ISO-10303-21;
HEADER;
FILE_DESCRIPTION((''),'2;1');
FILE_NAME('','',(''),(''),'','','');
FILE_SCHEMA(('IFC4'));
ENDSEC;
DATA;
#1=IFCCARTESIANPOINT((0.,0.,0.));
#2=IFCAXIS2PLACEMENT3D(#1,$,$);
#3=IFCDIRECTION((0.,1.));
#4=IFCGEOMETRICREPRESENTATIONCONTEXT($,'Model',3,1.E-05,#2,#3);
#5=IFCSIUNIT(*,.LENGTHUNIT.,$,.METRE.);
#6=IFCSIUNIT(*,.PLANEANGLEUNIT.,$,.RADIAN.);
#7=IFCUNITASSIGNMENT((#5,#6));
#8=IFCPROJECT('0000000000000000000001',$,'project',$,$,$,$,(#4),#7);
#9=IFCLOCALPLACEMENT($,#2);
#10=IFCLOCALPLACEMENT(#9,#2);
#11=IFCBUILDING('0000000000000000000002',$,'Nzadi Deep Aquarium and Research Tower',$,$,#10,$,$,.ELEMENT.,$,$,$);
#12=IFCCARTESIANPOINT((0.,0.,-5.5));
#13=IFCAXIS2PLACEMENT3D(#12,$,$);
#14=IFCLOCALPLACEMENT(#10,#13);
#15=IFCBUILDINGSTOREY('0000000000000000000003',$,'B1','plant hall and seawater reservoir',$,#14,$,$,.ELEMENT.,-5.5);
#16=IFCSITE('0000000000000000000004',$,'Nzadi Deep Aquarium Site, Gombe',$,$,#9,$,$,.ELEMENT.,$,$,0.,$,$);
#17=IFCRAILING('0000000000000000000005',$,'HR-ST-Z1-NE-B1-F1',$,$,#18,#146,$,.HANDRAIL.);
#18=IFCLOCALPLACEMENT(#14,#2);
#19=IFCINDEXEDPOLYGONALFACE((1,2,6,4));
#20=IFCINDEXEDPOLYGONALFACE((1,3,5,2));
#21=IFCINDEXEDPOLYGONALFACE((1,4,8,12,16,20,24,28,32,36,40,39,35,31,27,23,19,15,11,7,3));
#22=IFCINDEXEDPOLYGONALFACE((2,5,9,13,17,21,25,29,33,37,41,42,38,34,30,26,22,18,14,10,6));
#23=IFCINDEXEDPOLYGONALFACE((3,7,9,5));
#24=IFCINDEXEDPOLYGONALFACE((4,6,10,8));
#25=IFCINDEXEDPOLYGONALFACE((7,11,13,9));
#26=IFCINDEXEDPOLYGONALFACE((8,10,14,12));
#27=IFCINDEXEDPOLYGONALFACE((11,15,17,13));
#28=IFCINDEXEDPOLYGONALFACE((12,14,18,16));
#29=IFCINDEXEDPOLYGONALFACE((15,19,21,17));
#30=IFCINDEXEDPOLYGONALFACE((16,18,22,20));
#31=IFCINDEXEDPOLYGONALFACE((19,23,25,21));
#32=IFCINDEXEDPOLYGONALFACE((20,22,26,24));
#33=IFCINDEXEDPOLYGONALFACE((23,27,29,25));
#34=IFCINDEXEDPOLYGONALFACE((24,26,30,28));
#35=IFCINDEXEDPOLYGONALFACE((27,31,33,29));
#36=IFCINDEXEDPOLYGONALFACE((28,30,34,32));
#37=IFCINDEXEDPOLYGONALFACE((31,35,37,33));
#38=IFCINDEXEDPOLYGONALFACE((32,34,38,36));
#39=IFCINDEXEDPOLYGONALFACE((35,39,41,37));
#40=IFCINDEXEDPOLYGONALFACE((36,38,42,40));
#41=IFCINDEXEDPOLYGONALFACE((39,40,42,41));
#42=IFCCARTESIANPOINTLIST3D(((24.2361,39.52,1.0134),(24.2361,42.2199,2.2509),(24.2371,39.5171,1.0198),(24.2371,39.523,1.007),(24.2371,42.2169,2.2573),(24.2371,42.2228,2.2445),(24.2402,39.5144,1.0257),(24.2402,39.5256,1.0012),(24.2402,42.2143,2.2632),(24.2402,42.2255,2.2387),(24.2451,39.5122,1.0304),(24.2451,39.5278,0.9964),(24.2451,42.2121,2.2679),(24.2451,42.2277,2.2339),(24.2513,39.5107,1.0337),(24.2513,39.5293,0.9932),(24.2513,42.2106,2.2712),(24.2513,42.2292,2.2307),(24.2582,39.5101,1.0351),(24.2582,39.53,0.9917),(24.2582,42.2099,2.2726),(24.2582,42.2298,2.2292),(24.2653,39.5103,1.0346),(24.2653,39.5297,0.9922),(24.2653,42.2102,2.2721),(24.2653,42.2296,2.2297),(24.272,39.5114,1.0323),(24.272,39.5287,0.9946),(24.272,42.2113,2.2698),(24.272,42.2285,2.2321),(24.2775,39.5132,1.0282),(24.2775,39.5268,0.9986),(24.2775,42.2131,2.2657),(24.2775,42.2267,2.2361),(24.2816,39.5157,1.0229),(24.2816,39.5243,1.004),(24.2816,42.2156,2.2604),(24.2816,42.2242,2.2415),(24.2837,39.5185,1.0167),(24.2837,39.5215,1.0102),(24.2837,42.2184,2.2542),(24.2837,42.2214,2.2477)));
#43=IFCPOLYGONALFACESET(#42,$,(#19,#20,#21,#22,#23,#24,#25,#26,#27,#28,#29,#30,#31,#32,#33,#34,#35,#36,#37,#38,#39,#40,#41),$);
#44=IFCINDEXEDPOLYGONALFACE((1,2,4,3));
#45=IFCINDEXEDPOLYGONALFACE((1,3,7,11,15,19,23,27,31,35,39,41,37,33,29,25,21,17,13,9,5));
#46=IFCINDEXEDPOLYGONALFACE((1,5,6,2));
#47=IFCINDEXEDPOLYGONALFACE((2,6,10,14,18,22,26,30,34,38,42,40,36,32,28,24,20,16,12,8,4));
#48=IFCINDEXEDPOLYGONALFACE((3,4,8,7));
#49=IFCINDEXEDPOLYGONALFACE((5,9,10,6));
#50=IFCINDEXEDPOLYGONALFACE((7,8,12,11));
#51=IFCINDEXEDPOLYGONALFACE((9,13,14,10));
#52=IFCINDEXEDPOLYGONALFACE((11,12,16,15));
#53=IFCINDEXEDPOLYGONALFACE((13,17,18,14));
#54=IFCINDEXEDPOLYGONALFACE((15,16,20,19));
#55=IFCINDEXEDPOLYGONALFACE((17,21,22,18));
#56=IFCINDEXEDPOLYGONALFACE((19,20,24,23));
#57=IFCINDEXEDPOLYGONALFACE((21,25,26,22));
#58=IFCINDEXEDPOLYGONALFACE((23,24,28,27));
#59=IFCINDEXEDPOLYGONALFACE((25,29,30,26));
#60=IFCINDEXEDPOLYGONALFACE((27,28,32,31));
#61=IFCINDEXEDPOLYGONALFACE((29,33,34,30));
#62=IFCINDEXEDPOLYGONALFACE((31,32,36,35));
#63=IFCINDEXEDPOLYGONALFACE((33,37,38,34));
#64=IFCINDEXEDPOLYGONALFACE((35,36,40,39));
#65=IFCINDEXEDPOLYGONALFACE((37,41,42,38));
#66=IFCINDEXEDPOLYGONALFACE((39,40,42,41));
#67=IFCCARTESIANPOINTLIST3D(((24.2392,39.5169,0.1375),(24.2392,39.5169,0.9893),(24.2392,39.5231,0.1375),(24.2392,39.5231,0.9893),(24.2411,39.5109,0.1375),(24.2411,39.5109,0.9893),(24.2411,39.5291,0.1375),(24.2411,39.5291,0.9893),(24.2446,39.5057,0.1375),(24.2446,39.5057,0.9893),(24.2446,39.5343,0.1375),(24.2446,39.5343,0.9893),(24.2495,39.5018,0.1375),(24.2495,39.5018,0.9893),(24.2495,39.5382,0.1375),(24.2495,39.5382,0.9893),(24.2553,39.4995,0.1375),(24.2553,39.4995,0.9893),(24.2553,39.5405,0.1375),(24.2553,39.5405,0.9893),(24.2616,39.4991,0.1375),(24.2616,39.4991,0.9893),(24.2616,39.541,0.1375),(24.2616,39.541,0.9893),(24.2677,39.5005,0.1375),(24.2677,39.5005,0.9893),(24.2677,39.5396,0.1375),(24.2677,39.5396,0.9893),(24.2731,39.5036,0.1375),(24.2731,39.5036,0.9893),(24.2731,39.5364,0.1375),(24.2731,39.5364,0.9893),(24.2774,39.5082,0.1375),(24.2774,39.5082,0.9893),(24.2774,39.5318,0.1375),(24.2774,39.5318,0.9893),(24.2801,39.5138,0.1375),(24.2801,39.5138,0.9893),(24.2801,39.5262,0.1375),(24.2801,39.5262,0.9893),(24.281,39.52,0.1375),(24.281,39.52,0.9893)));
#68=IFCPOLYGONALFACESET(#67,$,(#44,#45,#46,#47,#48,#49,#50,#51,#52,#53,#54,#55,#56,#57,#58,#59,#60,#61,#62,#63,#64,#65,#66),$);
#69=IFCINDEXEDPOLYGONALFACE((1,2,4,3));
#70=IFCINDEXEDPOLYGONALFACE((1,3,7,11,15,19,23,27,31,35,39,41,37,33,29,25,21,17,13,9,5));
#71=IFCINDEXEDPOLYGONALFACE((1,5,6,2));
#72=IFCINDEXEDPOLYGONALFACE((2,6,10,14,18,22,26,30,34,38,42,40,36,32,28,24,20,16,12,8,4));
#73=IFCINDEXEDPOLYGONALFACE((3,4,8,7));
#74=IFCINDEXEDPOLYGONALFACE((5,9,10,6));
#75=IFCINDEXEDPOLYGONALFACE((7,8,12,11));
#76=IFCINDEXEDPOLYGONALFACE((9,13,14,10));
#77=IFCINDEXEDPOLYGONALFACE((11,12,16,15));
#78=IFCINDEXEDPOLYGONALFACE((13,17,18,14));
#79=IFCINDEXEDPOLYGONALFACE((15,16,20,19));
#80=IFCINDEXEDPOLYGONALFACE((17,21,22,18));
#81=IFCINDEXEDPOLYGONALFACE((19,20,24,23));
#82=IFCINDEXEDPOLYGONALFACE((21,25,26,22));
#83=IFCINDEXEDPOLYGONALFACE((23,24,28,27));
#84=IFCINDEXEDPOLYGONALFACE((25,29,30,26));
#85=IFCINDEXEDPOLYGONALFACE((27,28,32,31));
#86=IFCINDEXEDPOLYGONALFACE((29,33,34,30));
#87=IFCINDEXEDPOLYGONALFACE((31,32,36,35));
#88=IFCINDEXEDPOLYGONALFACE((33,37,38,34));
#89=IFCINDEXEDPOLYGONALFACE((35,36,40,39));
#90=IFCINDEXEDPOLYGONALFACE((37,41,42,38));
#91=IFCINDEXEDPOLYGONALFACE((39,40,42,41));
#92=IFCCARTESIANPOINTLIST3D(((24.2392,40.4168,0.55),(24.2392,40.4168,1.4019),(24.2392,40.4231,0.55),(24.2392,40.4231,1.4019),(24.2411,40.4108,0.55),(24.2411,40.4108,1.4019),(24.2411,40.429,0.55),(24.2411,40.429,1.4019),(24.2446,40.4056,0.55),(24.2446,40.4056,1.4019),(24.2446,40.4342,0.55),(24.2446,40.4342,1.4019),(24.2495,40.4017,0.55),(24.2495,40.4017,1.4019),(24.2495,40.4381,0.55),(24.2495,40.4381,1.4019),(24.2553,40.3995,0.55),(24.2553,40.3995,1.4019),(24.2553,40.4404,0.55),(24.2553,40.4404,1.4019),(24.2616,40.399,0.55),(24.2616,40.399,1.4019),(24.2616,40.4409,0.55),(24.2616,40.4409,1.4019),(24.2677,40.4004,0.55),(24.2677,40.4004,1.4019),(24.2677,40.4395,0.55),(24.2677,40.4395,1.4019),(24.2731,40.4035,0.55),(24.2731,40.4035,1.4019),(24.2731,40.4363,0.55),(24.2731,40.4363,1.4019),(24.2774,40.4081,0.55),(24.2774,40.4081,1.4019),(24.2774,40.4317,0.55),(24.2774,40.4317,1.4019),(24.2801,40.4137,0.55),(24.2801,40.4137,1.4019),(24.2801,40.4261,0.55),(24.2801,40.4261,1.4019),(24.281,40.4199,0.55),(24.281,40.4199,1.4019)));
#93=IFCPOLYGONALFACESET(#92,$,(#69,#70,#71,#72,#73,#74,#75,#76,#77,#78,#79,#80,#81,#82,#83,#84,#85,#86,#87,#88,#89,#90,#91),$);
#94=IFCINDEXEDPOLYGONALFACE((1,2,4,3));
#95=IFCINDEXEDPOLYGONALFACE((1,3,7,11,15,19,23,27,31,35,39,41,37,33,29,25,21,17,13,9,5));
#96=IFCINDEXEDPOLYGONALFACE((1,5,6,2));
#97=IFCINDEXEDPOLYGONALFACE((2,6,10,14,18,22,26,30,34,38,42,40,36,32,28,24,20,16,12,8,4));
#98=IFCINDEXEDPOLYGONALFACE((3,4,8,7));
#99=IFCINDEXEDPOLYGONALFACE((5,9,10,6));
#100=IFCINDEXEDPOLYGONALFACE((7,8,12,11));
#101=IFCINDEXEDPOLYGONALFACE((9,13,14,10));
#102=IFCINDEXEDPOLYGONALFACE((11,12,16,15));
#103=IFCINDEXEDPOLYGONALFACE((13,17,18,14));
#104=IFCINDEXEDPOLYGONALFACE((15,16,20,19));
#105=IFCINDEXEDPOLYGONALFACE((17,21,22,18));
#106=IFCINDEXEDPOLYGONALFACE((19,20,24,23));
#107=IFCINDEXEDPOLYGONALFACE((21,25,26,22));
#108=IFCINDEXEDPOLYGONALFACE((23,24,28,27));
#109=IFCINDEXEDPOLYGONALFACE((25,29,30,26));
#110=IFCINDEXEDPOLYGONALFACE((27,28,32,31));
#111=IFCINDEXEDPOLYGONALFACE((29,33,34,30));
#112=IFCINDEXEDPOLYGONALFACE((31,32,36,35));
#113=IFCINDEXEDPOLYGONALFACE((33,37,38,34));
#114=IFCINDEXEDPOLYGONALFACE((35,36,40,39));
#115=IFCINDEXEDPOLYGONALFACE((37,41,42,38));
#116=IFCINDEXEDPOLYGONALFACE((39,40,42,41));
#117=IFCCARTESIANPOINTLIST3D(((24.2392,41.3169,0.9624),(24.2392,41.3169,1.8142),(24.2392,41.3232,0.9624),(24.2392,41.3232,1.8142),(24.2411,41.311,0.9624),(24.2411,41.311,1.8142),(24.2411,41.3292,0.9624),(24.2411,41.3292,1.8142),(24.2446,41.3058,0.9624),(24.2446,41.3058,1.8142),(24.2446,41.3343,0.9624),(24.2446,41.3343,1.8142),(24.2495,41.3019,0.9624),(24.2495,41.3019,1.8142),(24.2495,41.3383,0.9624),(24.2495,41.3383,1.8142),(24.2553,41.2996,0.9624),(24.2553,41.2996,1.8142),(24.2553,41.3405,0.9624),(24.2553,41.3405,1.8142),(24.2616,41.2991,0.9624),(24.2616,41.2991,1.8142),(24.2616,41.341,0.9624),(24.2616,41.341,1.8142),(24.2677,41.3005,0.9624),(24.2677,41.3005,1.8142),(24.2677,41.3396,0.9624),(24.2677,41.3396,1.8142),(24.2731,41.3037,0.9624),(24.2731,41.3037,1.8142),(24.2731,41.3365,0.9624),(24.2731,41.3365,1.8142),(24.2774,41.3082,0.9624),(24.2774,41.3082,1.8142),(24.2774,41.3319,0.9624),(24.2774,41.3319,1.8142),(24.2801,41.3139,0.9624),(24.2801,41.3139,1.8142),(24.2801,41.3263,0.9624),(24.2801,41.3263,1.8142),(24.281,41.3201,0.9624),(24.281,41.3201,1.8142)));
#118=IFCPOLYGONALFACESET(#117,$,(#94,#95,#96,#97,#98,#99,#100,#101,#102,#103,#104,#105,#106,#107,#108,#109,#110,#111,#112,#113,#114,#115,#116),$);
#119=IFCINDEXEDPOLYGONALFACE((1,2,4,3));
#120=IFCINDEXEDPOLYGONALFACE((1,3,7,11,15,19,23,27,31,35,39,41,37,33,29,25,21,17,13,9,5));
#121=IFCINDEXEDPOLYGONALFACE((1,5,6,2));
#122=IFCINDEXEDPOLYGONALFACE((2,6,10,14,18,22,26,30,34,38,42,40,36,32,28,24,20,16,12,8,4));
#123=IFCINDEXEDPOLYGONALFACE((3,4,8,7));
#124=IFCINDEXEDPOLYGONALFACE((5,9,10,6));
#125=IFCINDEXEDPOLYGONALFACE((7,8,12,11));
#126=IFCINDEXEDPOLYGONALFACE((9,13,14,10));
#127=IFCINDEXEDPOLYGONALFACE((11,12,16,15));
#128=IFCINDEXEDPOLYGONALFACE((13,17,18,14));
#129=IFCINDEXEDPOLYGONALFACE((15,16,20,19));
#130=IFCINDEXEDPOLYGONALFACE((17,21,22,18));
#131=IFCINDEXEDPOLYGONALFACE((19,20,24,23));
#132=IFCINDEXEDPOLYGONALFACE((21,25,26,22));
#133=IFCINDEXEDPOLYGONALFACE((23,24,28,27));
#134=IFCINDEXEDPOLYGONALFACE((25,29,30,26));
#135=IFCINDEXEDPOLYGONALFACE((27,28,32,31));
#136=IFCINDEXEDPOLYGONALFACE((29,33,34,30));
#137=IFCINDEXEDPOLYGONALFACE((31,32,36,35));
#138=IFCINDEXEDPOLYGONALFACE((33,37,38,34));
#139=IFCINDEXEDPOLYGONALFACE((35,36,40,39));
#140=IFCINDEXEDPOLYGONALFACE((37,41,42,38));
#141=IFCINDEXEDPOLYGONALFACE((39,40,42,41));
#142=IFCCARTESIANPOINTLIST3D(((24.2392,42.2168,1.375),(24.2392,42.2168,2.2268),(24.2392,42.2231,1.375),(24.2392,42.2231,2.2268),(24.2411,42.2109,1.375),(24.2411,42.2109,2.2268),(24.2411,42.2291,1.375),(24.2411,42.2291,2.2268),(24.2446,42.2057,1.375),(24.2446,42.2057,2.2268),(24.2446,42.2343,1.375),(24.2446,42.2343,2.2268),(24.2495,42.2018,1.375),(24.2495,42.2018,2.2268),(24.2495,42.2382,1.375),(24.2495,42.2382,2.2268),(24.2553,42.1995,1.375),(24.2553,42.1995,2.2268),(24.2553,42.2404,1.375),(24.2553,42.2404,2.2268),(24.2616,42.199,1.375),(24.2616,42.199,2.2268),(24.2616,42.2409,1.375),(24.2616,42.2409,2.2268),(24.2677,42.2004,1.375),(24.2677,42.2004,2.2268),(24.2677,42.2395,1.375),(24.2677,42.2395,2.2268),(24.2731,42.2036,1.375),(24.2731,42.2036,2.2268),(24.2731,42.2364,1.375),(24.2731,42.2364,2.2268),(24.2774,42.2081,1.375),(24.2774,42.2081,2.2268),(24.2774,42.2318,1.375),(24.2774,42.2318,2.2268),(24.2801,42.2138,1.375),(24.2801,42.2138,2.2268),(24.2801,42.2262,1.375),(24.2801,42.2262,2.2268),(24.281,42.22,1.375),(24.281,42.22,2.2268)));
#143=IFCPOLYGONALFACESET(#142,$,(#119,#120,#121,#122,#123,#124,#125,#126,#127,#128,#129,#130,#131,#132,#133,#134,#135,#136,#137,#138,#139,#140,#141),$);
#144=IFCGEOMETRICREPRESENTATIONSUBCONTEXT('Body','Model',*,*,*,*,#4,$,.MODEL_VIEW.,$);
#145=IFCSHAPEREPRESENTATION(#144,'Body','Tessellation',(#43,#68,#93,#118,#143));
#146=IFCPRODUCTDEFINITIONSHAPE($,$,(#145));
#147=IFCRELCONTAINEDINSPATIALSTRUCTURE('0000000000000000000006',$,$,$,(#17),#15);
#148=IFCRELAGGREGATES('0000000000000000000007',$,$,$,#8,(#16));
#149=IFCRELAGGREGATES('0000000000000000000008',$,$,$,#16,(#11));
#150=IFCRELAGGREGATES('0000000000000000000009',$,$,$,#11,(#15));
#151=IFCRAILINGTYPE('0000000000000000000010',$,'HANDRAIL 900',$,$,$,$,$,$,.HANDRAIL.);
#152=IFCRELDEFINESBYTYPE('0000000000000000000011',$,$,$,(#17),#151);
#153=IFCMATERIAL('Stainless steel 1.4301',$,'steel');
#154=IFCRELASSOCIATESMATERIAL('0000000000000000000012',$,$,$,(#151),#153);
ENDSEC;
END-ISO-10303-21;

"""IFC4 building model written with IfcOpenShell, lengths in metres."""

from ifc_helpers import new_model, si_unit, direction, frame, origin, origin_2d, place, context, subcontext, project, spatial, circle, extrude, material, type_object, element, save


model = new_model("IFC4")

# Units and contexts
model_context = context("Model", 3, precision=1e-05, world=origin(), true_north=direction((0.0, 1.0)))
body_context = subcontext(model_context, "Body", "Model", "MODEL_VIEW")
ifc_project = project(units=[si_unit("LENGTHUNIT", "METRE"), si_unit("PLANEANGLEUNIT", "RADIAN")], contexts=[model_context])

# Site, building, storey
site_placement = place(None, origin())
site = spatial("IfcSite", under=ifc_project, at=site_placement, Name="Nzadi Deep Aquarium Site, Gombe", CompositionType="ELEMENT", RefElevation=0.0)
building_placement = place(site_placement, origin())
building = spatial("IfcBuilding", under=site, at=building_placement, Name="Nzadi Deep Aquarium and Research Tower", CompositionType="ELEMENT")
storey_placement = place(building_placement, frame((0.0, 0.0, -5.5)))
storey = spatial("IfcBuildingStorey", under=building, at=storey_placement, Name="B1", Description="plant hall and seawater reservoir", CompositionType="ELEMENT", Elevation=-5.5)

# Railing
ifc_material_1 = material(Name="Stainless steel 1.4301", Category="steel")
railing_type = type_object("IfcRailingType", Name="HANDRAIL 900", PredefinedType="HANDRAIL", material=ifc_material_1)
for number, where, name in (
    (1, (24.26, 39.52, 0.1375), "HR-ST-Z1-NE-B1-F1"),
):
    element("IfcRailing", number, at=place(storey_placement, frame(where)), inside=storey, type_object=railing_type, Name=name, PredefinedType="HANDRAIL", context=body_context, shape_type="SweptSolid", body=[
        extrude(circle(Radius=0.0239, at=origin_2d()), frame((0.0, 0.0, 0.876), z_axis=(0.0, 0.909056, 0.416675), x_axis=(-1.0, 0.0, 0.0)), (0.0, 0.0, 1.0), 2.97),
        extrude(circle(Radius=0.021, at=origin_2d()), origin(), (0.0, 0.0, 1.0), 0.8518),
        extrude(circle(Radius=0.021, at=origin_2d()), frame((0.0, 0.8999, 0.4126)), (0.0, 0.0, 1.0), 0.8518),
        extrude(circle(Radius=0.021, at=origin_2d()), frame((0.0, 1.8, 0.825)), (0.0, 0.0, 1.0), 0.8518),
        extrude(circle(Radius=0.021, at=origin_2d()), frame((0.0, 2.7, 1.2375)), (0.0, 0.0, 1.0), 0.8518),
    ])

save(model, "model.ifc")
